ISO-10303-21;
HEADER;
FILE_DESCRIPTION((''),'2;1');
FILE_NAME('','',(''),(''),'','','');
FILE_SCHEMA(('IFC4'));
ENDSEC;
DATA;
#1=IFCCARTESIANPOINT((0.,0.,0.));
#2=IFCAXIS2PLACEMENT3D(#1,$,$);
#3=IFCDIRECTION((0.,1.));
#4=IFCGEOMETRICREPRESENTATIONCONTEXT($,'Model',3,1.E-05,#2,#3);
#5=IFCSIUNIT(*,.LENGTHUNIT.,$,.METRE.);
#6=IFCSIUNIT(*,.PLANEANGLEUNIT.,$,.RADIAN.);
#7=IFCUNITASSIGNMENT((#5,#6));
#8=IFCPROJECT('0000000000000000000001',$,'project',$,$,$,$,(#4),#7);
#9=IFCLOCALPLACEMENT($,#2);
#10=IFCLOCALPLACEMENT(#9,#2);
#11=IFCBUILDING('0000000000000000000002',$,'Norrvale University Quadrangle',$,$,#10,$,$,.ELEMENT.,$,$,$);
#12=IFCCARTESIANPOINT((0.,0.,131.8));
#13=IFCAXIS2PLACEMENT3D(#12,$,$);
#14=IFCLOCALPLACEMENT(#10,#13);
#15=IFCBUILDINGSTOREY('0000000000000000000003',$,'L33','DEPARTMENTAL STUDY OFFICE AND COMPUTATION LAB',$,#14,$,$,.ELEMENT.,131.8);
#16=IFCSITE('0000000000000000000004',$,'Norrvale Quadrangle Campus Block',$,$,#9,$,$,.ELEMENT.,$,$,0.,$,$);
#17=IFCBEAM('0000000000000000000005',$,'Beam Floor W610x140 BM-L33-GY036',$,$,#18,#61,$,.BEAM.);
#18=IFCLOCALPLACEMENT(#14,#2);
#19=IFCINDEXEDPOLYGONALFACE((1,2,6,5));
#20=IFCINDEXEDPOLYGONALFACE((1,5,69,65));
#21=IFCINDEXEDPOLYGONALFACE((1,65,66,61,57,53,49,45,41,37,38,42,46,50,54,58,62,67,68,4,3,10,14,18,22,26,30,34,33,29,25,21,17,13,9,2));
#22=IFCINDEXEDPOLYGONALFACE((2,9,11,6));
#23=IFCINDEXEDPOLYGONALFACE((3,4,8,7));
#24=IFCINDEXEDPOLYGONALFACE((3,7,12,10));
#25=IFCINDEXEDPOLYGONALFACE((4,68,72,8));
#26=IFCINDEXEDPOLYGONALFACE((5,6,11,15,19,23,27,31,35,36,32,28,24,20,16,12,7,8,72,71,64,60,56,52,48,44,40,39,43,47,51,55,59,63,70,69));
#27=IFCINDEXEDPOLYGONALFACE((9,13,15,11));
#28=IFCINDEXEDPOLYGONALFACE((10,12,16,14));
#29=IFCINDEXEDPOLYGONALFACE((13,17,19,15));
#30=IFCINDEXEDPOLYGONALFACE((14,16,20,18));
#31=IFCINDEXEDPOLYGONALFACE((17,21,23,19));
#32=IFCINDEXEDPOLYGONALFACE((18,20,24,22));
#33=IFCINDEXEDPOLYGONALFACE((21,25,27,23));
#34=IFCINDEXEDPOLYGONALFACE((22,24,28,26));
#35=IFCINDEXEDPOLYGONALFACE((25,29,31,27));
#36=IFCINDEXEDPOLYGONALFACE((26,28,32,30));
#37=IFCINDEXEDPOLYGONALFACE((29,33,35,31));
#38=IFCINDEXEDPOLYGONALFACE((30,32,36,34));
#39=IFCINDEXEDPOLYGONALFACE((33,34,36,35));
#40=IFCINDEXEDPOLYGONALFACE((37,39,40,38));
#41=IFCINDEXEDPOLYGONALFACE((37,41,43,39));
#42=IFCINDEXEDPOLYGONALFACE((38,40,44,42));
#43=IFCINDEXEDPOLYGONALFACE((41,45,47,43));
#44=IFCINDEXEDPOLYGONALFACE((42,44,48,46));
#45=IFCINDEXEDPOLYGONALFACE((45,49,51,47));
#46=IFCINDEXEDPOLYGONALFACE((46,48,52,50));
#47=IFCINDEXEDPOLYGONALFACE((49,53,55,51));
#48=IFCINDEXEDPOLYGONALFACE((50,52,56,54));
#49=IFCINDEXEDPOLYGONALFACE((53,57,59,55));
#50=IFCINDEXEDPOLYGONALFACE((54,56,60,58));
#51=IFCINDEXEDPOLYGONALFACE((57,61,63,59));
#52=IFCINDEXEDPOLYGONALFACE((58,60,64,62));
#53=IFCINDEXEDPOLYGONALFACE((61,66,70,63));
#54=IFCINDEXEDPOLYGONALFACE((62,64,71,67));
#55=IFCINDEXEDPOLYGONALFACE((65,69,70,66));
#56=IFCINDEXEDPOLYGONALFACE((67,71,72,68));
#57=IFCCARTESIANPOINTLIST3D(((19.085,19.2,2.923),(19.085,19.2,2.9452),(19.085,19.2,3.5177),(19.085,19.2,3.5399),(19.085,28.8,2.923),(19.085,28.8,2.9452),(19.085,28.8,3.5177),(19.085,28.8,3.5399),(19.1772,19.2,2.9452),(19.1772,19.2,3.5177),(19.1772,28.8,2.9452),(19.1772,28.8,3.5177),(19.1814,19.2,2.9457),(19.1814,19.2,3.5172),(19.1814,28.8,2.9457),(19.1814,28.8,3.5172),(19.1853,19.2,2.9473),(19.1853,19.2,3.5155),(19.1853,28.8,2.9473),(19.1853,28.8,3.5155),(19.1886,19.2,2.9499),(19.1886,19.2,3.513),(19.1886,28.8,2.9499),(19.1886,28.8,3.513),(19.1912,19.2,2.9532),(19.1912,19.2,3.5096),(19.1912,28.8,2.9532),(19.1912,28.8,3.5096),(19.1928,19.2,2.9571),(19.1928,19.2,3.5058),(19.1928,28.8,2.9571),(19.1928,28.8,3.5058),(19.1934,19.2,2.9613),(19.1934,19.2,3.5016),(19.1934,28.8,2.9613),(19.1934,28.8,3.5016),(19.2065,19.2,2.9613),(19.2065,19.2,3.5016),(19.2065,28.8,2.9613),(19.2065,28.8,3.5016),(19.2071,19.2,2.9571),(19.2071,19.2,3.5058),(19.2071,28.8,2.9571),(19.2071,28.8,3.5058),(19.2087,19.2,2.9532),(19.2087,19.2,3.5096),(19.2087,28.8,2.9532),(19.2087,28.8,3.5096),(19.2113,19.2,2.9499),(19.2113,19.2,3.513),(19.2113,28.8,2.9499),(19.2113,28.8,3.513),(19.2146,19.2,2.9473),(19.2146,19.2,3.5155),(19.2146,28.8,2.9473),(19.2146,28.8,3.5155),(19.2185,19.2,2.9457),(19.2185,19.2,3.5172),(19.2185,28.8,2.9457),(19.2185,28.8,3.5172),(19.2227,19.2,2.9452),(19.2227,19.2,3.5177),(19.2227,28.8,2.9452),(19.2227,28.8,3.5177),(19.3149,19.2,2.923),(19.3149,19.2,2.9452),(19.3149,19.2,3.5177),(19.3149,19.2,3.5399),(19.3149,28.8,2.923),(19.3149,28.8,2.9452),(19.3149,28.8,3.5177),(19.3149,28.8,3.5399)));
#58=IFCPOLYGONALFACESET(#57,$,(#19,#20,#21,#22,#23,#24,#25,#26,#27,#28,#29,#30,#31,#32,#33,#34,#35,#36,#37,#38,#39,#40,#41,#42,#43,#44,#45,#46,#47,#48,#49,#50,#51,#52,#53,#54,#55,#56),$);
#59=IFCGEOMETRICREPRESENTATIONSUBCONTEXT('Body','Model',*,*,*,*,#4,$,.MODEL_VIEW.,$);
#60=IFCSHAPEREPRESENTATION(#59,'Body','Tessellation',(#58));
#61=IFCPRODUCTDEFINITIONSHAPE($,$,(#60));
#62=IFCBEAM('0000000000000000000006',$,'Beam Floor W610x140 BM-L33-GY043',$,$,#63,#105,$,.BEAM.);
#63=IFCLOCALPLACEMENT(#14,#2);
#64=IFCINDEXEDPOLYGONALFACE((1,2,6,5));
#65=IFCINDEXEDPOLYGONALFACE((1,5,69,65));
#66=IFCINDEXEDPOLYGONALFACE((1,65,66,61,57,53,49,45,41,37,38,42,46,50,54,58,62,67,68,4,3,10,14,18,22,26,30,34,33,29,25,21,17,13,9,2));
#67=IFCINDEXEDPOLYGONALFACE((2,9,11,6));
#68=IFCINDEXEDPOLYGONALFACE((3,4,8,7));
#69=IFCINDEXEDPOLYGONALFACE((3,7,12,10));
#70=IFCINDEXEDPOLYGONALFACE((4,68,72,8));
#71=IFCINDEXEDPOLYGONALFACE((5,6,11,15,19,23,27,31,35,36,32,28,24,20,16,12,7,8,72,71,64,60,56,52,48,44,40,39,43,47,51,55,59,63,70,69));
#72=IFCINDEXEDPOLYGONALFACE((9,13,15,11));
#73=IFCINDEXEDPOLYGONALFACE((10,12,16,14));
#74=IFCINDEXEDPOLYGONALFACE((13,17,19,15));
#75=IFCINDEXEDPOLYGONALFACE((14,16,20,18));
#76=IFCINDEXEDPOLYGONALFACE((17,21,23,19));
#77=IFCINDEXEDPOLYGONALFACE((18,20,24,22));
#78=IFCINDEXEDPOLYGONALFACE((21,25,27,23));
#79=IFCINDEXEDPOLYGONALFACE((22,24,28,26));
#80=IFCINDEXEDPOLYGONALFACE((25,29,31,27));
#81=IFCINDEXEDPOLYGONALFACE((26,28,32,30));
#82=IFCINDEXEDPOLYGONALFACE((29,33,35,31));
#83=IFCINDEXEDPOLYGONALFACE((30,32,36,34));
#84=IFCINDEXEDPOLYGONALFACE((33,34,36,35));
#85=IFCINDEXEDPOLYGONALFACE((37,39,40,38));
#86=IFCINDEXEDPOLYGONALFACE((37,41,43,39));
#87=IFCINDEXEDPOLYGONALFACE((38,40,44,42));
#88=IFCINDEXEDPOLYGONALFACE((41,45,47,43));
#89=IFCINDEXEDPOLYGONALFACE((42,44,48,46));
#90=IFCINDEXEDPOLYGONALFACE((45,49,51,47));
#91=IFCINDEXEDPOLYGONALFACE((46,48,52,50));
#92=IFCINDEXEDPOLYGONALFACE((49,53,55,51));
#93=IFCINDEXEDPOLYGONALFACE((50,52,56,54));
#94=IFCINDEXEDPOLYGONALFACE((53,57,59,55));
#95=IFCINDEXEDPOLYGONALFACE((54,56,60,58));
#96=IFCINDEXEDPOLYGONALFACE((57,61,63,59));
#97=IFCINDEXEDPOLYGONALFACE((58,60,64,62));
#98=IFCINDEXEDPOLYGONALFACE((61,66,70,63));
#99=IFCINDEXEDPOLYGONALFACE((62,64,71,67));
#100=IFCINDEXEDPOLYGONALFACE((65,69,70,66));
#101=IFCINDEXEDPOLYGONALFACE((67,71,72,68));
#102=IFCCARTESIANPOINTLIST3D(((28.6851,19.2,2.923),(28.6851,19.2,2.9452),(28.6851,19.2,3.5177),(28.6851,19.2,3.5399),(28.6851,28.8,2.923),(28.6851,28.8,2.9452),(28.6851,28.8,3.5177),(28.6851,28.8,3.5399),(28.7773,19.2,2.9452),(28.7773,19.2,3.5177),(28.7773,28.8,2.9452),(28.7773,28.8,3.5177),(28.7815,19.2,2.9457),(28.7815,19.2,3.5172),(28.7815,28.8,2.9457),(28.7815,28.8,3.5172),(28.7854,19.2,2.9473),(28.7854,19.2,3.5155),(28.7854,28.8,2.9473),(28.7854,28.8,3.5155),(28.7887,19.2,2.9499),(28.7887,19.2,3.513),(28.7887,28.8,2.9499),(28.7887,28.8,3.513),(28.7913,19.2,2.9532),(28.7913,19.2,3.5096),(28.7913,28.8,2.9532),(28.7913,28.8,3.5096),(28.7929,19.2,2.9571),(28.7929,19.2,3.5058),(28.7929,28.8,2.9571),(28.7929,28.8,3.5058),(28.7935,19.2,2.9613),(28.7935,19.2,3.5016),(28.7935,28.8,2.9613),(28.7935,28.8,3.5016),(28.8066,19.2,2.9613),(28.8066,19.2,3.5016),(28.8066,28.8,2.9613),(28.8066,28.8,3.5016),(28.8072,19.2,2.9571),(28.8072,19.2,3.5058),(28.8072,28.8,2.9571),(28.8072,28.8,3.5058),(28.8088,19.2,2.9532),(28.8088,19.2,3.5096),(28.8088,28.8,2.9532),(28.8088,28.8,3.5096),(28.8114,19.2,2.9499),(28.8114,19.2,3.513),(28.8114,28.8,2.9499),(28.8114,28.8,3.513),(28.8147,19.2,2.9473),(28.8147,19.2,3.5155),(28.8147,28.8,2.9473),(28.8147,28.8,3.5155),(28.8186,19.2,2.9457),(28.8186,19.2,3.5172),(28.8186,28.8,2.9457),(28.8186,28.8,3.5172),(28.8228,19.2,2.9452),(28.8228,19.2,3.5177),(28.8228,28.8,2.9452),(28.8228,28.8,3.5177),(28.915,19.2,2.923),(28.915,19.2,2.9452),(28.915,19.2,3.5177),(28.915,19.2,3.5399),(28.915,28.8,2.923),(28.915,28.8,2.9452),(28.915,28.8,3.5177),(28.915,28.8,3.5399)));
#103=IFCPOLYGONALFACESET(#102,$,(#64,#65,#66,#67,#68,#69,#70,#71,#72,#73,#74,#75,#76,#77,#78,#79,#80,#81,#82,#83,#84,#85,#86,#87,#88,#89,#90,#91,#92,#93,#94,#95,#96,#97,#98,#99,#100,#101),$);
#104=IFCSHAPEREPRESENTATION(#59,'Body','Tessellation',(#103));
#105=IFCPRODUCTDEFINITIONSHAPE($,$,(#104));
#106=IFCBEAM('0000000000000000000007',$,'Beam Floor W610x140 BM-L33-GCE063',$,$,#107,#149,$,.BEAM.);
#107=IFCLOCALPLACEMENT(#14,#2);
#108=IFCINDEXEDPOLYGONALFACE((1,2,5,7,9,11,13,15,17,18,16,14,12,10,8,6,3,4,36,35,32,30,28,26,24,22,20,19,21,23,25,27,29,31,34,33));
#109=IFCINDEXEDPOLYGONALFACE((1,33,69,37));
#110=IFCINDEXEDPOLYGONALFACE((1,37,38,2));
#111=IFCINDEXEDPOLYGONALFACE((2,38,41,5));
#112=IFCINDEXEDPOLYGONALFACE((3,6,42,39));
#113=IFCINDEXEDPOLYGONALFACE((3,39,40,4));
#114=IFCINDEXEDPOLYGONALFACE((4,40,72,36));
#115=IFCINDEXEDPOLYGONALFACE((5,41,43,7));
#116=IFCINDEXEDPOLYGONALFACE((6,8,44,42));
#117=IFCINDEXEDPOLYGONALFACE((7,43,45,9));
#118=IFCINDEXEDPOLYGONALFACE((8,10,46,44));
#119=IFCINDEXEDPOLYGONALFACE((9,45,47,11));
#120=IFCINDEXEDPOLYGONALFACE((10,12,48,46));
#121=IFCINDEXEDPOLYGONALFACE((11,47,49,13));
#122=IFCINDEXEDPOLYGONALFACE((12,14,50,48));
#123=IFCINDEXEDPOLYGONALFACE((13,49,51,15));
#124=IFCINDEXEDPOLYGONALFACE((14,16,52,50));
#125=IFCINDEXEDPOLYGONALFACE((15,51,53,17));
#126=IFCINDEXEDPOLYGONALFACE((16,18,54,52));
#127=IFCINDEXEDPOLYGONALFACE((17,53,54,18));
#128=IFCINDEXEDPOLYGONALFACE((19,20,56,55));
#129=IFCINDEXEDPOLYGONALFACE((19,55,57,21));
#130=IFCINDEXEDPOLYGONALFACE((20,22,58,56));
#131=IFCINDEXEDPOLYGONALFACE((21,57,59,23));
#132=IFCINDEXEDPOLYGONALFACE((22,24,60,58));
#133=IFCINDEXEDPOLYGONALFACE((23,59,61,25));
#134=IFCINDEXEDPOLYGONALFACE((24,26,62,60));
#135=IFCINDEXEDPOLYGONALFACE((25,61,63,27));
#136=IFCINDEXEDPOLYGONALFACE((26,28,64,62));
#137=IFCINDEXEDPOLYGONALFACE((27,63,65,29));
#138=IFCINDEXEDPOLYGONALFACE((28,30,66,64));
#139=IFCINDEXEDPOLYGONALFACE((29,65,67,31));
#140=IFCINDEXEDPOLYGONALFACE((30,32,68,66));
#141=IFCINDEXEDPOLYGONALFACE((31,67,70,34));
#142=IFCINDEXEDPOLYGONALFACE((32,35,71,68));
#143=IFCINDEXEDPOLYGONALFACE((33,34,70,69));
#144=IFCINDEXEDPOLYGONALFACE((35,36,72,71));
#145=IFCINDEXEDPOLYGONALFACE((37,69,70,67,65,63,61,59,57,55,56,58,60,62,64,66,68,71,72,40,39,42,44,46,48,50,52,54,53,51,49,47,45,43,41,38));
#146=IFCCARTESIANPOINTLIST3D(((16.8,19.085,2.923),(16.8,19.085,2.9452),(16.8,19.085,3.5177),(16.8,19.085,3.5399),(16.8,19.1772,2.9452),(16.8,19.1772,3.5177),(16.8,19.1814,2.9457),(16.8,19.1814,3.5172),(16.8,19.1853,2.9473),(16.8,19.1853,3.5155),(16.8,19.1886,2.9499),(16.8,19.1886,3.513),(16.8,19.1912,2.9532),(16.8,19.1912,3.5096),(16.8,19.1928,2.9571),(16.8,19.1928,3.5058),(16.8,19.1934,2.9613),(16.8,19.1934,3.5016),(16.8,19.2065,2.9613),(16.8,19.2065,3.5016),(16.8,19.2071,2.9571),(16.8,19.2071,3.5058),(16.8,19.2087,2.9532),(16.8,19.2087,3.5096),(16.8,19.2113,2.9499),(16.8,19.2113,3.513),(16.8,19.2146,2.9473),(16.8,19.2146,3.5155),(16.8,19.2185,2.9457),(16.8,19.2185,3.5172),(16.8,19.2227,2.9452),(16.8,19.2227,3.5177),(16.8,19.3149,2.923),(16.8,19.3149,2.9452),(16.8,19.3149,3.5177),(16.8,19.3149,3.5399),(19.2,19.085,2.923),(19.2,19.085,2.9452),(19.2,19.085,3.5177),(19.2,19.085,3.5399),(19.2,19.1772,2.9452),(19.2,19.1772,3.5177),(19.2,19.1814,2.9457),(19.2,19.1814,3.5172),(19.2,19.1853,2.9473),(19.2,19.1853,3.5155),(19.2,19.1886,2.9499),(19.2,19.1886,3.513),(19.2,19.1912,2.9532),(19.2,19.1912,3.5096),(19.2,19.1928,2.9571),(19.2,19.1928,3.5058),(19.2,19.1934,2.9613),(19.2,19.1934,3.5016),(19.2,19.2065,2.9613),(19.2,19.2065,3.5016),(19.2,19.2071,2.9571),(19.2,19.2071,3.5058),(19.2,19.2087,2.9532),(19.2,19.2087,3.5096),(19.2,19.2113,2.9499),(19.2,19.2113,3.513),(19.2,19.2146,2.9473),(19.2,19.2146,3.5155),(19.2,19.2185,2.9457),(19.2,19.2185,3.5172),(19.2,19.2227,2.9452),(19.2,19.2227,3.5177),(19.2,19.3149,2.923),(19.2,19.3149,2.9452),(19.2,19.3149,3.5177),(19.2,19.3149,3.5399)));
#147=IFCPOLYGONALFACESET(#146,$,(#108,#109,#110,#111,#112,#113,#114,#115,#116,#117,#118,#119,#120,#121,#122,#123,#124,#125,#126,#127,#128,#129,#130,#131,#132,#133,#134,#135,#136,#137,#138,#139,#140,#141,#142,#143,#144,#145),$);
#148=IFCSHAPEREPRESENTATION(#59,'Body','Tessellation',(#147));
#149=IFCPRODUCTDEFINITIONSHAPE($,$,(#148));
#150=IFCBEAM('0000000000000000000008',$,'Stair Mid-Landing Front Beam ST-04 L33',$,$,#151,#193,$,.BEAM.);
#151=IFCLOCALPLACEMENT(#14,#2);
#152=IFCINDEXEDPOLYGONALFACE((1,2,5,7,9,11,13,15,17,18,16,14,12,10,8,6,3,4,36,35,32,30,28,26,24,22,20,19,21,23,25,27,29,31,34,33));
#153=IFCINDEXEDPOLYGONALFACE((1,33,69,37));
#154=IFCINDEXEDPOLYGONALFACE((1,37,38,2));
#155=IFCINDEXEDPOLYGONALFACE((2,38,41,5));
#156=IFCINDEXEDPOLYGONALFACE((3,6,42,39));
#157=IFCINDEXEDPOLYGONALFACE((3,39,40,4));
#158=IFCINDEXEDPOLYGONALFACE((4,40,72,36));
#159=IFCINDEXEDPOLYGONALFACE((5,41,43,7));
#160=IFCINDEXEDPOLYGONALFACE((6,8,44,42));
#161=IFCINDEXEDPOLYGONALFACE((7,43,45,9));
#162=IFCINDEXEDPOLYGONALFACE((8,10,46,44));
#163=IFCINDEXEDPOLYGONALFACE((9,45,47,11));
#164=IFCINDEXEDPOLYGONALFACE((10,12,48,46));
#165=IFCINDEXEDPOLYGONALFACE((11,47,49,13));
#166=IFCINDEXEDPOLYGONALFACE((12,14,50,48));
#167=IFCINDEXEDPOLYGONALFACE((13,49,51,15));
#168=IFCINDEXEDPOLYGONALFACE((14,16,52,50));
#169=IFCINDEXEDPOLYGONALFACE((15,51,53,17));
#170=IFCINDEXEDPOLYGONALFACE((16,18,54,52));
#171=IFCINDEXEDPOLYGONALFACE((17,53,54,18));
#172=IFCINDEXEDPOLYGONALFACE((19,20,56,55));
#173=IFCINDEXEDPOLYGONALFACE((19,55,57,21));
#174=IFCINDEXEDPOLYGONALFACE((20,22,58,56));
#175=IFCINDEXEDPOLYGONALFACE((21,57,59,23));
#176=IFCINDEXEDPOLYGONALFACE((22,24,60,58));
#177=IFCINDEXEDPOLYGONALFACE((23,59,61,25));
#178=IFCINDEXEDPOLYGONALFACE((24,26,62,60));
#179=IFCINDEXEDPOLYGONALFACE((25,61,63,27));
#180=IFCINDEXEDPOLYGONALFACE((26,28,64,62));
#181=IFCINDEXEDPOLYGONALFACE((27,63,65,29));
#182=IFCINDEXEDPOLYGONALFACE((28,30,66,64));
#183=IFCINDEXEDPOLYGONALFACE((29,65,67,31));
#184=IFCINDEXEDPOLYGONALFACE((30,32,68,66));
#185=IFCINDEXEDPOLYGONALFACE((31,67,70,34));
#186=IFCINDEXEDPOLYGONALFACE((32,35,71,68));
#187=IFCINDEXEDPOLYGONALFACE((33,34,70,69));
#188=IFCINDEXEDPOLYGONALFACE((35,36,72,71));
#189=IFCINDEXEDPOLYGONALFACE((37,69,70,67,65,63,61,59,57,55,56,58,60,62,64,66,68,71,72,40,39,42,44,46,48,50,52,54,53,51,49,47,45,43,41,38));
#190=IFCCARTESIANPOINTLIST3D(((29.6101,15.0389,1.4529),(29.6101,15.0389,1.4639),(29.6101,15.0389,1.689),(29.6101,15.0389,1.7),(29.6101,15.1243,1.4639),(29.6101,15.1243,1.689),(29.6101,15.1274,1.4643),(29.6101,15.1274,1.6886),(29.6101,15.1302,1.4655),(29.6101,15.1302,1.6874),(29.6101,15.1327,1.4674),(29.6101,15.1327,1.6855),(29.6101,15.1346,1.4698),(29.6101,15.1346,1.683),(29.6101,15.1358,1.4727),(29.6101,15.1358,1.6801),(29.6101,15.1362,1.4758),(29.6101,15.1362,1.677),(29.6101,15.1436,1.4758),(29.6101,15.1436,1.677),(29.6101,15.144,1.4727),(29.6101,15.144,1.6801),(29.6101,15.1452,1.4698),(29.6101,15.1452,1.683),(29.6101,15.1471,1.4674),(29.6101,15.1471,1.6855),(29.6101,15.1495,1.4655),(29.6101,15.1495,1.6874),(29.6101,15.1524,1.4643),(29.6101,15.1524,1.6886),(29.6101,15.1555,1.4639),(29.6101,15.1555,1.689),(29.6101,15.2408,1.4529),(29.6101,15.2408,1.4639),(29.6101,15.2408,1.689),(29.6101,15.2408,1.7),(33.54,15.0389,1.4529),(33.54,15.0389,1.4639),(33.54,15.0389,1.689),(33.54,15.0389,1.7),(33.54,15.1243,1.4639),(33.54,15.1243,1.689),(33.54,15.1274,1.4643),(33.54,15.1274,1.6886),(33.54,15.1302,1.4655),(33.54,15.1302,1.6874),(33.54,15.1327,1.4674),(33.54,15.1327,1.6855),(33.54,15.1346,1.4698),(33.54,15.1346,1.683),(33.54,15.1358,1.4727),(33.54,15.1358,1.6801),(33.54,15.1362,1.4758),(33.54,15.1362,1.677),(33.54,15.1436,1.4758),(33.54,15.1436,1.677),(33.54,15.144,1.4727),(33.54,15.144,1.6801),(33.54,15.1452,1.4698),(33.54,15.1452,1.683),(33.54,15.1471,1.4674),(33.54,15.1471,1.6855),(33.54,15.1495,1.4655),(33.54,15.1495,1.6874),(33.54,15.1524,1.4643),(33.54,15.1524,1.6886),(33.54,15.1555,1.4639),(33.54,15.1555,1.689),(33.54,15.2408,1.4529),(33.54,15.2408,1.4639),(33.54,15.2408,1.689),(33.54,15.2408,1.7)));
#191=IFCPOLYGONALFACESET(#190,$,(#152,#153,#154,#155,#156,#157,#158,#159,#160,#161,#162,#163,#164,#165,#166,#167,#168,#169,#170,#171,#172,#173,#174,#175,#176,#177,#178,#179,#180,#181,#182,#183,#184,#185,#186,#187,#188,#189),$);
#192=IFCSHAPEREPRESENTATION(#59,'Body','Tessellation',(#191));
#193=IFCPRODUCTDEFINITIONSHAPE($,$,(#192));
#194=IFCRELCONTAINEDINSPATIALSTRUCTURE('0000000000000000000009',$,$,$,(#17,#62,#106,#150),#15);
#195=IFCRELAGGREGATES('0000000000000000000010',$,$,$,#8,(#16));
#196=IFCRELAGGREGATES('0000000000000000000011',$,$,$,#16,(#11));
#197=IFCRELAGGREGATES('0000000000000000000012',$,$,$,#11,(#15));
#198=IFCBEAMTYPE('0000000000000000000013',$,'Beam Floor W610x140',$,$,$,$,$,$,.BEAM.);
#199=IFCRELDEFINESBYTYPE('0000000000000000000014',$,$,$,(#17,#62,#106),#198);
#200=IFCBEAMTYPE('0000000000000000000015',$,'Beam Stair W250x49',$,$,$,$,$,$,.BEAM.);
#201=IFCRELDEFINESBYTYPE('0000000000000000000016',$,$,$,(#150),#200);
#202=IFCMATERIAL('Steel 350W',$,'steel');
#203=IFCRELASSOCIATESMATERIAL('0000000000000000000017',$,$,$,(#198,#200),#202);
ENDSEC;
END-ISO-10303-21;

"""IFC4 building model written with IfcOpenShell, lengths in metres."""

from ifc_helpers import new_model, si_unit, direction, frame, origin, origin_2d, place, context, subcontext, project, spatial, i_section, extrude, material, material_profile, profile_set, type_object, element, save


model = new_model("IFC4")

# Units and contexts
model_context = context("Model", 3, precision=1e-05, world=origin(), true_north=direction((0.0, 1.0)))
body_context = subcontext(model_context, "Body", "Model", "MODEL_VIEW")
ifc_project = project(units=[si_unit("LENGTHUNIT", "METRE"), si_unit("PLANEANGLEUNIT", "RADIAN")], contexts=[model_context])

# Site, building, storey
site_placement = place(None, origin())
site = spatial("IfcSite", under=ifc_project, at=site_placement, Name="Norrvale Quadrangle Campus Block", CompositionType="ELEMENT", RefElevation=0.0)
building_placement = place(site_placement, origin())
building = spatial("IfcBuilding", under=site, at=building_placement, Name="Norrvale University Quadrangle", CompositionType="ELEMENT")
storey_placement = place(building_placement, frame((0.0, 0.0, 131.8)))
storey = spatial("IfcBuildingStorey", under=building, at=storey_placement, Name="L33", Description="DEPARTMENTAL STUDY OFFICE AND COMPUTATION LAB", CompositionType="ELEMENT", Elevation=131.8)

# Beams
ifc_material_1 = material(Name="Steel 350W", Category="steel")
ifc_material_profile_1 = material_profile(ifc_material_1, i_section(OverallWidth=0.23, OverallDepth=0.6169, WebThickness=0.0132, FlangeThickness=0.0222, FilletRadius=0.0161, at=origin_2d()), Name="Steel 350W")
ifc_profile_set_1 = profile_set([ifc_material_profile_1], Name="Steel 350W")
beam_type_1 = type_object("IfcBeamType", Name="Beam Floor W610x140", PredefinedType="BEAM", material=ifc_profile_set_1)
for number, where, z_axis, x_axis, name in (
    (1, (19.2, 19.2, 3.2314), (0.0, 1.0, 0.0), (-1.0, 0.0, 0.0), "Beam Floor W610x140 BM-L33-GY036"),
    (2, (28.8, 19.2, 3.2314), (0.0, 1.0, 0.0), (-1.0, 0.0, 0.0), "Beam Floor W610x140 BM-L33-GY043"),
):
    element("IfcBeam", number, at=place(storey_placement, frame(where, z_axis=z_axis, x_axis=x_axis)), inside=storey, type_object=beam_type_1, Name=name, PredefinedType="BEAM", context=body_context, shape_type="SweptSolid", body=[
        extrude(i_section(OverallWidth=0.23, OverallDepth=0.6169, WebThickness=0.0132, FlangeThickness=0.0222, FilletRadius=0.0161, at=origin_2d()), origin(), (0.0, 0.0, 1.0), 9.6001),
    ])
beam_1_placement = place(storey_placement, frame((16.8, 19.2, 3.2314), z_axis=(1.0, 0.0, 0.0), x_axis=(0.0, 1.0, 0.0)))
element("IfcBeam", 3, at=beam_1_placement, inside=storey, type_object=beam_type_1, Name="Beam Floor W610x140 BM-L33-GCE063", PredefinedType="BEAM", context=body_context, shape_type="SweptSolid", body=[
    extrude(i_section(OverallWidth=0.23, OverallDepth=0.6169, WebThickness=0.0132, FlangeThickness=0.0222, FilletRadius=0.0161, at=origin_2d()), origin(), (0.0, 0.0, 1.0), 2.3999),
])
ifc_material_profile_2 = material_profile(ifc_material_1, i_section(OverallWidth=0.2019, OverallDepth=0.2471, WebThickness=0.0073, FlangeThickness=0.011, FilletRadius=0.012, at=origin_2d()), Name="Steel 350W")
ifc_profile_set_2 = profile_set([ifc_material_profile_2], Name="Steel 350W")
beam_type_2 = type_object("IfcBeamType", Name="Beam Stair W250x49", PredefinedType="BEAM", material=ifc_profile_set_2)
for number, where, z_axis, x_axis, name in (
    (4, (29.6101, 15.1399, 1.5764), (1.0, 0.0, 0.0), (0.0, 1.0, 0.0), "Stair Mid-Landing Front Beam ST-04 L33"),
):
    element("IfcBeam", number, at=place(storey_placement, frame(where, z_axis=z_axis, x_axis=x_axis)), inside=storey, type_object=beam_type_2, Name=name, PredefinedType="BEAM", context=body_context, shape_type="SweptSolid", body=[
        extrude(i_section(OverallWidth=0.2019, OverallDepth=0.2471, WebThickness=0.0073, FlangeThickness=0.011, FilletRadius=0.012, at=origin_2d()), origin(), (0.0, 0.0, 1.0), 3.9299),
    ])

save(model, "model.ifc")
